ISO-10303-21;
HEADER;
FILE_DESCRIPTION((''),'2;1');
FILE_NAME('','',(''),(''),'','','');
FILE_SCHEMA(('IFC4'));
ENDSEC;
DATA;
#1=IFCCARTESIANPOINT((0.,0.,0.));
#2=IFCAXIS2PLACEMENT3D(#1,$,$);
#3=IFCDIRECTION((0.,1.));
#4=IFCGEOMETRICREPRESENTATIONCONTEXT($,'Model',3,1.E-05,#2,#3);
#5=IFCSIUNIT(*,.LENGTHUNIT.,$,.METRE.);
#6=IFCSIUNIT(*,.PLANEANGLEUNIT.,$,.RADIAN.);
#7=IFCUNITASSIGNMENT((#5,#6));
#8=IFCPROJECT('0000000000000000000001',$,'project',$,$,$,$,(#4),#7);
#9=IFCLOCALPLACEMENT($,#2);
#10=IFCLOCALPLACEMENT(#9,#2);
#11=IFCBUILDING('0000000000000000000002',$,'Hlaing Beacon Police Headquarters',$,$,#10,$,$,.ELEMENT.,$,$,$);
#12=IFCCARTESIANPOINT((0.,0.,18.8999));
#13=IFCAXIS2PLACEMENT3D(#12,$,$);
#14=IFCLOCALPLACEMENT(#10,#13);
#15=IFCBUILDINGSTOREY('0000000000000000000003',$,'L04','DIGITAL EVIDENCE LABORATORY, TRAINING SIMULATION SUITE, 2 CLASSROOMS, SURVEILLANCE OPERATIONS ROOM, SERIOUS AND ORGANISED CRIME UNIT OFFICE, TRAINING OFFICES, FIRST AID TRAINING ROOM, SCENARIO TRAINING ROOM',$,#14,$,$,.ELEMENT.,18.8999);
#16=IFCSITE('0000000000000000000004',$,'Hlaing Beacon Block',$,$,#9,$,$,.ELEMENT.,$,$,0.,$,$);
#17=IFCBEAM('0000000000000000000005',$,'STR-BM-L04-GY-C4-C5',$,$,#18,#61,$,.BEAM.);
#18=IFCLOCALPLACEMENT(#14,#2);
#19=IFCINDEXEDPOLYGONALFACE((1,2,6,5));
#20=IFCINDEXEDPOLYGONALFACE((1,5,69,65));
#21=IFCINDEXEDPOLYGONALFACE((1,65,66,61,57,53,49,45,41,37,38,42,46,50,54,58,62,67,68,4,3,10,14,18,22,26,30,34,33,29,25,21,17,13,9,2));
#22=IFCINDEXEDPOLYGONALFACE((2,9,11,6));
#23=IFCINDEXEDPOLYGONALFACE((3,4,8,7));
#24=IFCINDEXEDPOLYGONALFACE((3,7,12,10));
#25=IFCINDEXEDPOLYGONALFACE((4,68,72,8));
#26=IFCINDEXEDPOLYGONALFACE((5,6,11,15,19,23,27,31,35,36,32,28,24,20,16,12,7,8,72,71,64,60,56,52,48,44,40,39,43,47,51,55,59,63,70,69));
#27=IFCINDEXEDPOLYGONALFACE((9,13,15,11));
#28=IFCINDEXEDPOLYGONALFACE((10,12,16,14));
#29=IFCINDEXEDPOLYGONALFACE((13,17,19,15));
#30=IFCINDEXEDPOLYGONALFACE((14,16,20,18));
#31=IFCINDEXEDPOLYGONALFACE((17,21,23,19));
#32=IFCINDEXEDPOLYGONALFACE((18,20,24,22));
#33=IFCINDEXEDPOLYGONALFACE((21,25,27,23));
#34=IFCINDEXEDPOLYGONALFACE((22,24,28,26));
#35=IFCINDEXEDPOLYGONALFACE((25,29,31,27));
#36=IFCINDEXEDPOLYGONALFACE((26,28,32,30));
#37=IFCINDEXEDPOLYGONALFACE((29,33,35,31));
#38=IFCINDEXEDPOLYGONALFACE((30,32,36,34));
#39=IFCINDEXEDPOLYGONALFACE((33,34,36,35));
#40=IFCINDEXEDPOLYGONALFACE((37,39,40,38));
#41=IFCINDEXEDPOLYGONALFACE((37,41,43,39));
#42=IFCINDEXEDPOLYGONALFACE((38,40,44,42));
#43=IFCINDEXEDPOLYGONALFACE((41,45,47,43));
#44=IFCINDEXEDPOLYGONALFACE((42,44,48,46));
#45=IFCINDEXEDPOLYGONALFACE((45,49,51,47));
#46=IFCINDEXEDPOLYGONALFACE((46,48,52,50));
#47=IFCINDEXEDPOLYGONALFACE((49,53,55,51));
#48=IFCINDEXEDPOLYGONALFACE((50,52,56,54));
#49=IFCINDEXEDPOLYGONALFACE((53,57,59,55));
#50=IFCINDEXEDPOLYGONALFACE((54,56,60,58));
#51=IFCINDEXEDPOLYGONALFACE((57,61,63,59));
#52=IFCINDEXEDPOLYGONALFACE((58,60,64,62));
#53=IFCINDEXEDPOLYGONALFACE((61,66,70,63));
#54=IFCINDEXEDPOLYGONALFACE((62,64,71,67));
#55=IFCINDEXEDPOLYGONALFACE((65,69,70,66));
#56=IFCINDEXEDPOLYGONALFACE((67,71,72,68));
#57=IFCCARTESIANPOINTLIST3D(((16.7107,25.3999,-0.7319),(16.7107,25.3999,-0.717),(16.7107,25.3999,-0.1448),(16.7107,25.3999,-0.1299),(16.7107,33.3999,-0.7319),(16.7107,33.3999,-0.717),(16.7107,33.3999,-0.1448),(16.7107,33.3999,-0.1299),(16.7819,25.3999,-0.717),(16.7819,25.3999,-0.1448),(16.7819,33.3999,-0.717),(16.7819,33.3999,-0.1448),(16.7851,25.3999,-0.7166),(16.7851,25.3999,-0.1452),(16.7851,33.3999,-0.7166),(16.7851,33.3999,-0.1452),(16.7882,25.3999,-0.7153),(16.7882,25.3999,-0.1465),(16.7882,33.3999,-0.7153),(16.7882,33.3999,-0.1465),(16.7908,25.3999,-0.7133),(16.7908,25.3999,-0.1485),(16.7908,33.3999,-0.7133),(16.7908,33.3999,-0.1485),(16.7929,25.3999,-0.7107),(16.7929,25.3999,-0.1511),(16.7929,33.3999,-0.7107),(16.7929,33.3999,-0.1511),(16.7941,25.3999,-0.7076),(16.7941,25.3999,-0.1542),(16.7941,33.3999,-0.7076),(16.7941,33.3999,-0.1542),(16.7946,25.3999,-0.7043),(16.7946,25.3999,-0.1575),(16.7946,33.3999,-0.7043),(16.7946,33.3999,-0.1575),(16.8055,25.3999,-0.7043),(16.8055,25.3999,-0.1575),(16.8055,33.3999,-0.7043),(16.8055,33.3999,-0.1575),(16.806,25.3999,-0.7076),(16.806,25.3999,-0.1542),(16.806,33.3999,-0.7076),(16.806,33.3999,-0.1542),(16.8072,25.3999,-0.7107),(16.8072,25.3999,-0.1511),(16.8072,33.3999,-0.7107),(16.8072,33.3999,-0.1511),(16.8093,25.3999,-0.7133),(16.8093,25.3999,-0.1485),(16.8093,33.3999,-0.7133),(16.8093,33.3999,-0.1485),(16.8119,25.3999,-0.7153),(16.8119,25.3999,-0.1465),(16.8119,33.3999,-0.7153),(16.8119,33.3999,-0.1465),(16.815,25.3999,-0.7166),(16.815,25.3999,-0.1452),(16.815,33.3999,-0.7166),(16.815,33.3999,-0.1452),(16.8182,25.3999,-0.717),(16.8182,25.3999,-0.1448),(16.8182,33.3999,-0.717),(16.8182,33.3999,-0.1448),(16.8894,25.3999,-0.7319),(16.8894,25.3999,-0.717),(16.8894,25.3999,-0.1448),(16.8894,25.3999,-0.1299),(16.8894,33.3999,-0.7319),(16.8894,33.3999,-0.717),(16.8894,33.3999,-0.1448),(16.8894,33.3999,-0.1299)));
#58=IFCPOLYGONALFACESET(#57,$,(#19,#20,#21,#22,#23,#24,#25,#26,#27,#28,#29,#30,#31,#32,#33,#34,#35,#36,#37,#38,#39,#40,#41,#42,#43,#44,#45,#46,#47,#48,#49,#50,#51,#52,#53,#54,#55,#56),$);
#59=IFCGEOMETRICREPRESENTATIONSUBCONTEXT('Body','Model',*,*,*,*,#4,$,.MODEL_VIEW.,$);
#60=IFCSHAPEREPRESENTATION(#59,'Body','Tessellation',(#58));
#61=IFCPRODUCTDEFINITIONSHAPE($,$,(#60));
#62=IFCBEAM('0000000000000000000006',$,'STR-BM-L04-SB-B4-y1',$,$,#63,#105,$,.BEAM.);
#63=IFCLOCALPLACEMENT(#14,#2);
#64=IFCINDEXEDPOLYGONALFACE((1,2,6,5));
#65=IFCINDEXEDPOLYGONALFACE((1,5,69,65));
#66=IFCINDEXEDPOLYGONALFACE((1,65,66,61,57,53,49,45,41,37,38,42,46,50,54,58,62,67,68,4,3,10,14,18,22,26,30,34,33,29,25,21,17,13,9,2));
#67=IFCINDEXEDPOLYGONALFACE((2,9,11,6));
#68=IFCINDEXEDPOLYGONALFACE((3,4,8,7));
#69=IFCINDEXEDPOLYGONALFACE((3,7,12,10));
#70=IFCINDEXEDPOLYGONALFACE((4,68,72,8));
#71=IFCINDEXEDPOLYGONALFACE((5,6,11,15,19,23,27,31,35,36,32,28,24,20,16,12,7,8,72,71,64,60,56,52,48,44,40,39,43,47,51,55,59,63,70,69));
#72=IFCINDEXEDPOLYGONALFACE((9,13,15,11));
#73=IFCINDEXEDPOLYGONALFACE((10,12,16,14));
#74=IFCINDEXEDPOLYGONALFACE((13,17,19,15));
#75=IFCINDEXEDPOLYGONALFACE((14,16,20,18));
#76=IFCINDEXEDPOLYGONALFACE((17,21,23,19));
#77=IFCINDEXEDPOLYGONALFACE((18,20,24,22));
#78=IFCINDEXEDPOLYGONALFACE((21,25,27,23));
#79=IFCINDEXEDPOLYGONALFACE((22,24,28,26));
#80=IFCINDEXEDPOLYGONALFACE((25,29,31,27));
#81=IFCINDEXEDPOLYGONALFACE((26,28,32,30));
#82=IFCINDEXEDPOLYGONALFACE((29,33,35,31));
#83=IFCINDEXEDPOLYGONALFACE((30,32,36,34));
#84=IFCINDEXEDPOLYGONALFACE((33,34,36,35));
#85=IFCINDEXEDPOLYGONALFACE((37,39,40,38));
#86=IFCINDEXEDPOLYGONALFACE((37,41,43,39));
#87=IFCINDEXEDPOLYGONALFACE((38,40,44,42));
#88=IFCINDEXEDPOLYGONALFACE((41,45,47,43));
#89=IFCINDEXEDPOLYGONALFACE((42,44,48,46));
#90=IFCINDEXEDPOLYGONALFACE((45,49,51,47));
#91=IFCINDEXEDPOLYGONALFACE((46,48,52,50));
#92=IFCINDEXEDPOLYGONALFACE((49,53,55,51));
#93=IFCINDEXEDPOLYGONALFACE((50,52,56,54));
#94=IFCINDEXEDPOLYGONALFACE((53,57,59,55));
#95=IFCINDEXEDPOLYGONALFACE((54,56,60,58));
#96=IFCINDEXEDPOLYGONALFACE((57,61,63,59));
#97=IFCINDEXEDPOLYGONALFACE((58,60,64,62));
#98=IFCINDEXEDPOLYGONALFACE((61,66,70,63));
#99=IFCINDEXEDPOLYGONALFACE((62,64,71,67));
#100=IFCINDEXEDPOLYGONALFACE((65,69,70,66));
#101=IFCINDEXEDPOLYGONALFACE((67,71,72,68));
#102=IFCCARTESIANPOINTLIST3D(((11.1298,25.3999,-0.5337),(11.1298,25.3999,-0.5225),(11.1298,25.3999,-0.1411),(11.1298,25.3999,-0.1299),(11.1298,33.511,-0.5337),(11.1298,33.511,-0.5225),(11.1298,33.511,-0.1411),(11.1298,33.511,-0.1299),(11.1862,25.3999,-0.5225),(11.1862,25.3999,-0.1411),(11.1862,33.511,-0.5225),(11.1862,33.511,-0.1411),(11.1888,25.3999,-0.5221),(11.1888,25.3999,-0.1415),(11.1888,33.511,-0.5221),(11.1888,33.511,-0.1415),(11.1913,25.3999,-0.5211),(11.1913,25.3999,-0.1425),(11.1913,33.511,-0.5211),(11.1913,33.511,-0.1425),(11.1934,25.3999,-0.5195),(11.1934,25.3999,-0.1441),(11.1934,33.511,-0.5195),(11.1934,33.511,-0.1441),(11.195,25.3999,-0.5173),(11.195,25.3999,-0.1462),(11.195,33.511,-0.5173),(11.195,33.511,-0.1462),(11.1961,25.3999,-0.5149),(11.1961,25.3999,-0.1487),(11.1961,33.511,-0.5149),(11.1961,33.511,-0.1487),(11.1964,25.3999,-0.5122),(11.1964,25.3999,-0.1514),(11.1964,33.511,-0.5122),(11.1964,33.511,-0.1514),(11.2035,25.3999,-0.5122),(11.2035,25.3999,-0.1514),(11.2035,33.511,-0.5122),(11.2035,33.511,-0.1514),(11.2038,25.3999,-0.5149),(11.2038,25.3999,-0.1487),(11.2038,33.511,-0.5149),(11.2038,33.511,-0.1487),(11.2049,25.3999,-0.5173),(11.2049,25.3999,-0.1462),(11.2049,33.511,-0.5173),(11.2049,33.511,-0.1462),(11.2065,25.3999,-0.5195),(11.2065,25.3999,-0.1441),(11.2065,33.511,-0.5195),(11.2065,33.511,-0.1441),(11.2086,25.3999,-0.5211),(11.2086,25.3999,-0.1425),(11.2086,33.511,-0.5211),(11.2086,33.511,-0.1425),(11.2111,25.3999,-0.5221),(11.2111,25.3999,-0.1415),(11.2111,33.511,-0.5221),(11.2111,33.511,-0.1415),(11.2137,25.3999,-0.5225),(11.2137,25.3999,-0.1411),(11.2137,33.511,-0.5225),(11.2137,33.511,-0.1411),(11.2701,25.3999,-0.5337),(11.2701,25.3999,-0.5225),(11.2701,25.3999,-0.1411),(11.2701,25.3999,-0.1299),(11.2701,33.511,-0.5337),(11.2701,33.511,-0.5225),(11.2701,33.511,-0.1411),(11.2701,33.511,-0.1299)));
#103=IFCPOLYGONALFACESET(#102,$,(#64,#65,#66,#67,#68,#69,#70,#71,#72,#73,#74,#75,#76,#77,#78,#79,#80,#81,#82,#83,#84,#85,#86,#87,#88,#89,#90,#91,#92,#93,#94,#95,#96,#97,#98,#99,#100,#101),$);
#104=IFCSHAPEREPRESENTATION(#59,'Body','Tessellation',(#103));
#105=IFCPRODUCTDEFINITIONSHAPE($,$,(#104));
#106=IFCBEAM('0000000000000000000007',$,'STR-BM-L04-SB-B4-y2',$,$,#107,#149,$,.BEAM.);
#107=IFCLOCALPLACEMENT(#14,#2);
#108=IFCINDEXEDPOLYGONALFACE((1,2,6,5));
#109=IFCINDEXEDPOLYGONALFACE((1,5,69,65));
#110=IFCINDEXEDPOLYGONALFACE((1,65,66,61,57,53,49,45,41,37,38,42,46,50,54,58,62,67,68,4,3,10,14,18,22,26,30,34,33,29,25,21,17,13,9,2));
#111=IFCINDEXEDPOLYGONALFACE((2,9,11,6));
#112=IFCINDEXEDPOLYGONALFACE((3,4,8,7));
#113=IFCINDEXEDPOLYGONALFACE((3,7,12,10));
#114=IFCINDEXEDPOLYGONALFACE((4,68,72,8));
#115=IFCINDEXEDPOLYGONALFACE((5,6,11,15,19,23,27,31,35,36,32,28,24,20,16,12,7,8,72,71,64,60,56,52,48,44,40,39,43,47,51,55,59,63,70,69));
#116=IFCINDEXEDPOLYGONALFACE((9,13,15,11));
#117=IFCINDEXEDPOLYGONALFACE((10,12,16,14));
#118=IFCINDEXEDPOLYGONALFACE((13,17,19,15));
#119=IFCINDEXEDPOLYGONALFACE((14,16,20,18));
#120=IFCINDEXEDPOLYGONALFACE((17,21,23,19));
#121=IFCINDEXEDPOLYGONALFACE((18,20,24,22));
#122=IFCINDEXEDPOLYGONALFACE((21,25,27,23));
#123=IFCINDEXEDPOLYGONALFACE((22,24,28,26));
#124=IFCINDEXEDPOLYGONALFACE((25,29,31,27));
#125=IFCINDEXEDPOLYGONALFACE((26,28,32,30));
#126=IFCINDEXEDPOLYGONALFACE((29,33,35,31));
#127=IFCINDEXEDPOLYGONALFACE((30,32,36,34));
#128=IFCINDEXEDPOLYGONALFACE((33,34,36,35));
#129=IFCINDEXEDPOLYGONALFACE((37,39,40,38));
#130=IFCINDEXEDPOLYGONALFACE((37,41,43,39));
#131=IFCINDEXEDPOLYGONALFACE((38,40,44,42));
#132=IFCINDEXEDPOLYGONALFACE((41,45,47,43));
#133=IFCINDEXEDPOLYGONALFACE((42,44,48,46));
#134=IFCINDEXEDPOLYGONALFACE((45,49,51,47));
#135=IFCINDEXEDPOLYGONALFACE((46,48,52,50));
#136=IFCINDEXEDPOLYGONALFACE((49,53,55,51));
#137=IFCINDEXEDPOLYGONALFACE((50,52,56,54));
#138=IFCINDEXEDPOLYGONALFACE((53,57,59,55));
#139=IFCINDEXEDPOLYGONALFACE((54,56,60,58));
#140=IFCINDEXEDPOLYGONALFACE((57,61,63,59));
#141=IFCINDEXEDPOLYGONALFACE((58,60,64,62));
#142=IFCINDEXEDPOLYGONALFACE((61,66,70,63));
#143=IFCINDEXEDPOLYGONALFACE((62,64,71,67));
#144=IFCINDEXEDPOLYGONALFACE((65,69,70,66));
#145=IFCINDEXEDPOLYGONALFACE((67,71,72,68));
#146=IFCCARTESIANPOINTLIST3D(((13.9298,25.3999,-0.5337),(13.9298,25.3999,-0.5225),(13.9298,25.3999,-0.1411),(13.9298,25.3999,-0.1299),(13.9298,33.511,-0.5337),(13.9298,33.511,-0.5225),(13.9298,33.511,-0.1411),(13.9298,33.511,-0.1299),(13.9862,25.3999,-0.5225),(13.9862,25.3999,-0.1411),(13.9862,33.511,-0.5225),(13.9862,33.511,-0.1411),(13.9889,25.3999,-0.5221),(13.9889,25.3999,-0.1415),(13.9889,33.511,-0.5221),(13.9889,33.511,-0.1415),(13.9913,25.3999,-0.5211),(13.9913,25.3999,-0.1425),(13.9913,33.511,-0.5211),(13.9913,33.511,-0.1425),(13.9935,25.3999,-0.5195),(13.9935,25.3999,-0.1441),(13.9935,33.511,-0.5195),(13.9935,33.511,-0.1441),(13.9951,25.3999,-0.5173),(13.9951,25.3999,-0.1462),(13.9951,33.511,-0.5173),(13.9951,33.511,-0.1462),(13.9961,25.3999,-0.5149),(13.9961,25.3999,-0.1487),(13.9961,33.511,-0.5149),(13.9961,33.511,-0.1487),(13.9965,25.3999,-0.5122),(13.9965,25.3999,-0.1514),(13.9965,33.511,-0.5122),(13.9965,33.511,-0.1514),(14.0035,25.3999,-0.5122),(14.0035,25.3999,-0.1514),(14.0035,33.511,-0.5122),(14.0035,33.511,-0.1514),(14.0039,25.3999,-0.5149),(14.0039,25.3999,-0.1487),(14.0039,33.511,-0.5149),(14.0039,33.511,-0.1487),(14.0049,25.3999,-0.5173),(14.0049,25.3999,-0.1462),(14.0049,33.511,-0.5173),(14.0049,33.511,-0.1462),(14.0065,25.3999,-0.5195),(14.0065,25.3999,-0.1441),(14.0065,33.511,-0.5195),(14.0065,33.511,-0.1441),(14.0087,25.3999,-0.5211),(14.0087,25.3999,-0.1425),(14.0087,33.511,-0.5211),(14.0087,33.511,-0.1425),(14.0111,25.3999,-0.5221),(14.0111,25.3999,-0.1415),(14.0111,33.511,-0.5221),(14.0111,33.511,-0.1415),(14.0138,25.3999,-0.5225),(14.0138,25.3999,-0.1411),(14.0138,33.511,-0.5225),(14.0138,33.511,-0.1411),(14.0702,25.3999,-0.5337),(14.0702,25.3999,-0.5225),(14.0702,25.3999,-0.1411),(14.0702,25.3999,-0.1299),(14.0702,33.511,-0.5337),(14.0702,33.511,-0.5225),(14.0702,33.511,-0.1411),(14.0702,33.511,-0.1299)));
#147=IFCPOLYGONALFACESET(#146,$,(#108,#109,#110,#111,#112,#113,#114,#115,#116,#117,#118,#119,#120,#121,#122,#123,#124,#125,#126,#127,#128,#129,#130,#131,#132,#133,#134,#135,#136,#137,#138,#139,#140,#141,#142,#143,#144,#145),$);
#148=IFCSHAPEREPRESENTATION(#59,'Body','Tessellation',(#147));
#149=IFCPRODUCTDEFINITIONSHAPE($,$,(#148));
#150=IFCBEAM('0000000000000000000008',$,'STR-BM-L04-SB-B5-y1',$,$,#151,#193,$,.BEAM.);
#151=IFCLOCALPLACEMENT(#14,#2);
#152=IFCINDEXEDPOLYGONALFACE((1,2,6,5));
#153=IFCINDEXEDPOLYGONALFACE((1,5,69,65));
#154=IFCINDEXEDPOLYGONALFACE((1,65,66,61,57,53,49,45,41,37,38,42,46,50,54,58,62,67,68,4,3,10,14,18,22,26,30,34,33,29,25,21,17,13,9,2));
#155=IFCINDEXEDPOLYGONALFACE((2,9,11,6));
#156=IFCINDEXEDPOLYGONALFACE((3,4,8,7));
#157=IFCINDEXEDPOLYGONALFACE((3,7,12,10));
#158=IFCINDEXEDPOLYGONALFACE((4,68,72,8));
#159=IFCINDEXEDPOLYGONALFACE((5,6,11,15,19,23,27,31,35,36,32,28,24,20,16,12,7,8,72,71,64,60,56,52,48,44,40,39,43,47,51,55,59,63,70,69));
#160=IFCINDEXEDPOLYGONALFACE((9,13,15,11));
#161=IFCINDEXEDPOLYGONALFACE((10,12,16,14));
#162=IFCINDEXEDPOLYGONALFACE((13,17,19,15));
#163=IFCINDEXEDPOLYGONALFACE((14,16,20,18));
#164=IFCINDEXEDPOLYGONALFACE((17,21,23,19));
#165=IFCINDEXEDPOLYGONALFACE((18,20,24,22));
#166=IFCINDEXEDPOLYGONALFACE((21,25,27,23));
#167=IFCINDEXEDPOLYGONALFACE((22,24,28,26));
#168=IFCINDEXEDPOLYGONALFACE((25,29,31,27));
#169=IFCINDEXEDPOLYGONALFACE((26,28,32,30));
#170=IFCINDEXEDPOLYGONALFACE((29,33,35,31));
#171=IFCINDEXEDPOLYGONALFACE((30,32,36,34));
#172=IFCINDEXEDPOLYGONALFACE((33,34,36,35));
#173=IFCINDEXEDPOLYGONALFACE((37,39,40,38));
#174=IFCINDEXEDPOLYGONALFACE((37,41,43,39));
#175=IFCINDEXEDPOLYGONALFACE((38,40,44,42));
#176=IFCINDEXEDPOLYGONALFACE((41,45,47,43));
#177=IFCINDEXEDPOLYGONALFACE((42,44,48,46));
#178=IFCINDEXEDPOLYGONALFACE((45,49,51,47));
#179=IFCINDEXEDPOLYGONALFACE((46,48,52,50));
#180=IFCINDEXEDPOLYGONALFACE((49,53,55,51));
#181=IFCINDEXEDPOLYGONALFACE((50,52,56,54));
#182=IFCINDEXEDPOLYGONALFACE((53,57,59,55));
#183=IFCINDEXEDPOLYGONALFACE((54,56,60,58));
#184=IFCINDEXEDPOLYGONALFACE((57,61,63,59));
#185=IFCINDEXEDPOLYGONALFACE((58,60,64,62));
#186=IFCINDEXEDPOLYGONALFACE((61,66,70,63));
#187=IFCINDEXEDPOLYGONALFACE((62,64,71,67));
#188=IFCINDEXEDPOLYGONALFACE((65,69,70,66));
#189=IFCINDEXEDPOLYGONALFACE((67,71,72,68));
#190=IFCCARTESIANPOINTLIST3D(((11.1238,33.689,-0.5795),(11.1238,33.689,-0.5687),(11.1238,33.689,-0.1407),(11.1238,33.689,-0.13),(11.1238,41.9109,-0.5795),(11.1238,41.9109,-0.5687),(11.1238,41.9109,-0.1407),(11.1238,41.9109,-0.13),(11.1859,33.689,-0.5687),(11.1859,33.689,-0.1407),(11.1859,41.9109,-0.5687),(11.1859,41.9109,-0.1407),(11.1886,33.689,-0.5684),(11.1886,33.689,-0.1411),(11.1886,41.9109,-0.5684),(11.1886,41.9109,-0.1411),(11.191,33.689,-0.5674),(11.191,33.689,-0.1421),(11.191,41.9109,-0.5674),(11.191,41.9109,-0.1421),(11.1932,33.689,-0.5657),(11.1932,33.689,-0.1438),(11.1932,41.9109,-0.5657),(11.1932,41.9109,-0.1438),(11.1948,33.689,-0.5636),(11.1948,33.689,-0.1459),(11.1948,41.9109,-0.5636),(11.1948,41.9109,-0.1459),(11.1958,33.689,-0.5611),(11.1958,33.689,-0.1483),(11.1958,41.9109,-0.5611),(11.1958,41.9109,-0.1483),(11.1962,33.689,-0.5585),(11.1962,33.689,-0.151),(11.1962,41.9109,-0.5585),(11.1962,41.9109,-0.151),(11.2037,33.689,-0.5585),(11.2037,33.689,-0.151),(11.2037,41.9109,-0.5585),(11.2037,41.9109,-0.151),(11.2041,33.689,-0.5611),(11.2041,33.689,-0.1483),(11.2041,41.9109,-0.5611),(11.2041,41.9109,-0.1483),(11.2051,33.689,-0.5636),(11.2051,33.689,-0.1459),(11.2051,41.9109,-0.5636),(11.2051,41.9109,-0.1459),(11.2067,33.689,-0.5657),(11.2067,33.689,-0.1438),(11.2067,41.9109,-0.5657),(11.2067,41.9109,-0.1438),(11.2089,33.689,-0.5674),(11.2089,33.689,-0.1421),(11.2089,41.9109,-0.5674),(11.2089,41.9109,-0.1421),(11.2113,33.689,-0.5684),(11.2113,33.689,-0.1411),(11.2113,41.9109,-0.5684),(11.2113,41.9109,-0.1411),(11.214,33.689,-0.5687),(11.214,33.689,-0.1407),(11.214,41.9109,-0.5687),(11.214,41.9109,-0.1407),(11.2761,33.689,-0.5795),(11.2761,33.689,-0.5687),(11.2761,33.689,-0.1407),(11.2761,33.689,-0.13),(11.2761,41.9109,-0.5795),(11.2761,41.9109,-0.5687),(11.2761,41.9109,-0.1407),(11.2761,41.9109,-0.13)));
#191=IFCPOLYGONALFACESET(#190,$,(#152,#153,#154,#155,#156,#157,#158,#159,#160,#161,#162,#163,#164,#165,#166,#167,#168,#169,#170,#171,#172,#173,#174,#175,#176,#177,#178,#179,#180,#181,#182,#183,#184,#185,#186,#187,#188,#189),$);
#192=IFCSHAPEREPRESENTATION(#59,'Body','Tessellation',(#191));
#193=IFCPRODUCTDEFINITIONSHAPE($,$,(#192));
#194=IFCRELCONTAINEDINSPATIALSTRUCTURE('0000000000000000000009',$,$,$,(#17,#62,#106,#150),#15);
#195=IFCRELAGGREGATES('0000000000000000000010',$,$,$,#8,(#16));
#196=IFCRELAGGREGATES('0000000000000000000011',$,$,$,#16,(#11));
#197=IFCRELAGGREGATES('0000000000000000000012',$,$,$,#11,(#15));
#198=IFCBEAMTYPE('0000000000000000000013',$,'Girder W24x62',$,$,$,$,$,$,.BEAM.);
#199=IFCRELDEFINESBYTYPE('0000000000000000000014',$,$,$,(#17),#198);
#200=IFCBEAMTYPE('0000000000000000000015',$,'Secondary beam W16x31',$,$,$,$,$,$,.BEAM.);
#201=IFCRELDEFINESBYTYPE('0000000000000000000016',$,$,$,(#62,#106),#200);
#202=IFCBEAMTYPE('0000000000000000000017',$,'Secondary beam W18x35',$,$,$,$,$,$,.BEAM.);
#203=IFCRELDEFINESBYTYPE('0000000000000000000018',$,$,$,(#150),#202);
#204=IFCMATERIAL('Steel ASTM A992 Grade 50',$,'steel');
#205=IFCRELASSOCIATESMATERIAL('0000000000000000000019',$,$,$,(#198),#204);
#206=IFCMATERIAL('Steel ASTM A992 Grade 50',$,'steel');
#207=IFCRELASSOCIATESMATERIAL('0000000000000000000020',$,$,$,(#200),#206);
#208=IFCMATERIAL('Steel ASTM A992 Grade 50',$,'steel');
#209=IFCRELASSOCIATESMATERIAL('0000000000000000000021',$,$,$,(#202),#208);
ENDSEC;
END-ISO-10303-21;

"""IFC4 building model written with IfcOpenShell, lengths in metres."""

from ifc_helpers import new_model, si_unit, direction, frame, origin, origin_2d, place, context, subcontext, project, spatial, i_section, extrude, material, material_profile, profile_set, type_object, element, save


model = new_model("IFC4")

# Units and contexts
model_context = context("Model", 3, precision=1e-05, world=origin(), true_north=direction((0.0, 1.0)))
body_context = subcontext(model_context, "Body", "Model", "MODEL_VIEW")
ifc_project = project(units=[si_unit("LENGTHUNIT", "METRE"), si_unit("PLANEANGLEUNIT", "RADIAN")], contexts=[model_context])

# Site, building, storey
site_placement = place(None, origin())
site = spatial("IfcSite", under=ifc_project, at=site_placement, Name="Hlaing Beacon Block", CompositionType="ELEMENT", RefElevation=0.0)
building_placement = place(site_placement, origin())
building = spatial("IfcBuilding", under=site, at=building_placement, Name="Hlaing Beacon Police Headquarters", CompositionType="ELEMENT")
storey_placement = place(building_placement, frame((0.0, 0.0, 18.8999)))
storey = spatial("IfcBuildingStorey", under=building, at=storey_placement, Name="L04", Description="DIGITAL EVIDENCE LABORATORY, TRAINING SIMULATION SUITE, 2 CLASSROOMS, SURVEILLANCE OPERATIONS ROOM, SERIOUS AND ORGANISED CRIME UNIT OFFICE, TRAINING OFFICES, FIRST AID TRAINING ROOM, SCENARIO TRAINING ROOM", CompositionType="ELEMENT", Elevation=18.8999)

# Beams
ifc_material_1 = material(Name="Steel ASTM A992 Grade 50", Category="steel")
ifc_material_profile_1 = material_profile(ifc_material_1, i_section(OverallWidth=0.1787, OverallDepth=0.6021, WebThickness=0.011, FlangeThickness=0.0149, FilletRadius=0.0127, at=origin_2d()), Name="W24x62")
ifc_profile_set_1 = profile_set([ifc_material_profile_1], Name="Steel ASTM A992 Grade 50")
beam_type_1 = type_object("IfcBeamType", Name="Girder W24x62", PredefinedType="BEAM", material=ifc_profile_set_1)
beam_1_placement = place(storey_placement, frame((16.8, 25.3999, -0.4309), z_axis=(0.0, 1.0, 0.0), x_axis=(-1.0, 0.0, 0.0)))
element("IfcBeam", 1, at=beam_1_placement, inside=storey, type_object=beam_type_1, Name="STR-BM-L04-GY-C4-C5", PredefinedType="BEAM", context=body_context, shape_type="SweptSolid", body=[
    extrude(i_section(OverallWidth=0.1787, OverallDepth=0.6021, WebThickness=0.011, FlangeThickness=0.0149, FilletRadius=0.0127, at=origin_2d()), origin(), (0.0, 0.0, 1.0), 8.0),
])
ifc_material_2 = material(Name="Steel ASTM A992 Grade 50", Category="steel")
ifc_material_profile_2 = material_profile(ifc_material_2, i_section(OverallWidth=0.1404, OverallDepth=0.4038, WebThickness=0.0071, FlangeThickness=0.0112, FilletRadius=0.0103, at=origin_2d()), Name="W16x31")
ifc_profile_set_2 = profile_set([ifc_material_profile_2], Name="Steel ASTM A992 Grade 50")
beam_type_2 = type_object("IfcBeamType", Name="Secondary beam W16x31", PredefinedType="BEAM", material=ifc_profile_set_2)
for number, where, z_axis, x_axis, name in (
    (2, (11.2, 25.3999, -0.3318), (0.0, 1.0, 0.0), (-1.0, 0.0, 0.0), "STR-BM-L04-SB-B4-y1"),
    (3, (14.0, 25.3999, -0.3318), (0.0, 1.0, 0.0), (-1.0, 0.0, 0.0), "STR-BM-L04-SB-B4-y2"),
):
    element("IfcBeam", number, at=place(storey_placement, frame(where, z_axis=z_axis, x_axis=x_axis)), inside=storey, type_object=beam_type_2, Name=name, PredefinedType="BEAM", context=body_context, shape_type="SweptSolid", body=[
        extrude(i_section(OverallWidth=0.1404, OverallDepth=0.4038, WebThickness=0.0071, FlangeThickness=0.0112, FilletRadius=0.0103, at=origin_2d()), origin(), (0.0, 0.0, 1.0), 8.1111),
    ])
ifc_material_3 = material(Name="Steel ASTM A992 Grade 50", Category="steel")
ifc_material_profile_3 = material_profile(ifc_material_3, i_section(OverallWidth=0.1523, OverallDepth=0.4495, WebThickness=0.0076, FlangeThickness=0.0107, FilletRadius=0.0103, at=origin_2d()), Name="W18x35")
ifc_profile_set_3 = profile_set([ifc_material_profile_3], Name="Steel ASTM A992 Grade 50")
beam_type_3 = type_object("IfcBeamType", Name="Secondary beam W18x35", PredefinedType="BEAM", material=ifc_profile_set_3)
for number, where, z_axis, x_axis, name in (
    (4, (11.2, 33.689, -0.3547), (0.0, 1.0, 0.0), (-1.0, 0.0, 0.0), "STR-BM-L04-SB-B5-y1"),
):
    element("IfcBeam", number, at=place(storey_placement, frame(where, z_axis=z_axis, x_axis=x_axis)), inside=storey, type_object=beam_type_3, Name=name, PredefinedType="BEAM", context=body_context, shape_type="SweptSolid", body=[
        extrude(i_section(OverallWidth=0.1523, OverallDepth=0.4495, WebThickness=0.0076, FlangeThickness=0.0107, FilletRadius=0.0103, at=origin_2d()), origin(), (0.0, 0.0, 1.0), 8.2219),
    ])

save(model, "model.ifc")
